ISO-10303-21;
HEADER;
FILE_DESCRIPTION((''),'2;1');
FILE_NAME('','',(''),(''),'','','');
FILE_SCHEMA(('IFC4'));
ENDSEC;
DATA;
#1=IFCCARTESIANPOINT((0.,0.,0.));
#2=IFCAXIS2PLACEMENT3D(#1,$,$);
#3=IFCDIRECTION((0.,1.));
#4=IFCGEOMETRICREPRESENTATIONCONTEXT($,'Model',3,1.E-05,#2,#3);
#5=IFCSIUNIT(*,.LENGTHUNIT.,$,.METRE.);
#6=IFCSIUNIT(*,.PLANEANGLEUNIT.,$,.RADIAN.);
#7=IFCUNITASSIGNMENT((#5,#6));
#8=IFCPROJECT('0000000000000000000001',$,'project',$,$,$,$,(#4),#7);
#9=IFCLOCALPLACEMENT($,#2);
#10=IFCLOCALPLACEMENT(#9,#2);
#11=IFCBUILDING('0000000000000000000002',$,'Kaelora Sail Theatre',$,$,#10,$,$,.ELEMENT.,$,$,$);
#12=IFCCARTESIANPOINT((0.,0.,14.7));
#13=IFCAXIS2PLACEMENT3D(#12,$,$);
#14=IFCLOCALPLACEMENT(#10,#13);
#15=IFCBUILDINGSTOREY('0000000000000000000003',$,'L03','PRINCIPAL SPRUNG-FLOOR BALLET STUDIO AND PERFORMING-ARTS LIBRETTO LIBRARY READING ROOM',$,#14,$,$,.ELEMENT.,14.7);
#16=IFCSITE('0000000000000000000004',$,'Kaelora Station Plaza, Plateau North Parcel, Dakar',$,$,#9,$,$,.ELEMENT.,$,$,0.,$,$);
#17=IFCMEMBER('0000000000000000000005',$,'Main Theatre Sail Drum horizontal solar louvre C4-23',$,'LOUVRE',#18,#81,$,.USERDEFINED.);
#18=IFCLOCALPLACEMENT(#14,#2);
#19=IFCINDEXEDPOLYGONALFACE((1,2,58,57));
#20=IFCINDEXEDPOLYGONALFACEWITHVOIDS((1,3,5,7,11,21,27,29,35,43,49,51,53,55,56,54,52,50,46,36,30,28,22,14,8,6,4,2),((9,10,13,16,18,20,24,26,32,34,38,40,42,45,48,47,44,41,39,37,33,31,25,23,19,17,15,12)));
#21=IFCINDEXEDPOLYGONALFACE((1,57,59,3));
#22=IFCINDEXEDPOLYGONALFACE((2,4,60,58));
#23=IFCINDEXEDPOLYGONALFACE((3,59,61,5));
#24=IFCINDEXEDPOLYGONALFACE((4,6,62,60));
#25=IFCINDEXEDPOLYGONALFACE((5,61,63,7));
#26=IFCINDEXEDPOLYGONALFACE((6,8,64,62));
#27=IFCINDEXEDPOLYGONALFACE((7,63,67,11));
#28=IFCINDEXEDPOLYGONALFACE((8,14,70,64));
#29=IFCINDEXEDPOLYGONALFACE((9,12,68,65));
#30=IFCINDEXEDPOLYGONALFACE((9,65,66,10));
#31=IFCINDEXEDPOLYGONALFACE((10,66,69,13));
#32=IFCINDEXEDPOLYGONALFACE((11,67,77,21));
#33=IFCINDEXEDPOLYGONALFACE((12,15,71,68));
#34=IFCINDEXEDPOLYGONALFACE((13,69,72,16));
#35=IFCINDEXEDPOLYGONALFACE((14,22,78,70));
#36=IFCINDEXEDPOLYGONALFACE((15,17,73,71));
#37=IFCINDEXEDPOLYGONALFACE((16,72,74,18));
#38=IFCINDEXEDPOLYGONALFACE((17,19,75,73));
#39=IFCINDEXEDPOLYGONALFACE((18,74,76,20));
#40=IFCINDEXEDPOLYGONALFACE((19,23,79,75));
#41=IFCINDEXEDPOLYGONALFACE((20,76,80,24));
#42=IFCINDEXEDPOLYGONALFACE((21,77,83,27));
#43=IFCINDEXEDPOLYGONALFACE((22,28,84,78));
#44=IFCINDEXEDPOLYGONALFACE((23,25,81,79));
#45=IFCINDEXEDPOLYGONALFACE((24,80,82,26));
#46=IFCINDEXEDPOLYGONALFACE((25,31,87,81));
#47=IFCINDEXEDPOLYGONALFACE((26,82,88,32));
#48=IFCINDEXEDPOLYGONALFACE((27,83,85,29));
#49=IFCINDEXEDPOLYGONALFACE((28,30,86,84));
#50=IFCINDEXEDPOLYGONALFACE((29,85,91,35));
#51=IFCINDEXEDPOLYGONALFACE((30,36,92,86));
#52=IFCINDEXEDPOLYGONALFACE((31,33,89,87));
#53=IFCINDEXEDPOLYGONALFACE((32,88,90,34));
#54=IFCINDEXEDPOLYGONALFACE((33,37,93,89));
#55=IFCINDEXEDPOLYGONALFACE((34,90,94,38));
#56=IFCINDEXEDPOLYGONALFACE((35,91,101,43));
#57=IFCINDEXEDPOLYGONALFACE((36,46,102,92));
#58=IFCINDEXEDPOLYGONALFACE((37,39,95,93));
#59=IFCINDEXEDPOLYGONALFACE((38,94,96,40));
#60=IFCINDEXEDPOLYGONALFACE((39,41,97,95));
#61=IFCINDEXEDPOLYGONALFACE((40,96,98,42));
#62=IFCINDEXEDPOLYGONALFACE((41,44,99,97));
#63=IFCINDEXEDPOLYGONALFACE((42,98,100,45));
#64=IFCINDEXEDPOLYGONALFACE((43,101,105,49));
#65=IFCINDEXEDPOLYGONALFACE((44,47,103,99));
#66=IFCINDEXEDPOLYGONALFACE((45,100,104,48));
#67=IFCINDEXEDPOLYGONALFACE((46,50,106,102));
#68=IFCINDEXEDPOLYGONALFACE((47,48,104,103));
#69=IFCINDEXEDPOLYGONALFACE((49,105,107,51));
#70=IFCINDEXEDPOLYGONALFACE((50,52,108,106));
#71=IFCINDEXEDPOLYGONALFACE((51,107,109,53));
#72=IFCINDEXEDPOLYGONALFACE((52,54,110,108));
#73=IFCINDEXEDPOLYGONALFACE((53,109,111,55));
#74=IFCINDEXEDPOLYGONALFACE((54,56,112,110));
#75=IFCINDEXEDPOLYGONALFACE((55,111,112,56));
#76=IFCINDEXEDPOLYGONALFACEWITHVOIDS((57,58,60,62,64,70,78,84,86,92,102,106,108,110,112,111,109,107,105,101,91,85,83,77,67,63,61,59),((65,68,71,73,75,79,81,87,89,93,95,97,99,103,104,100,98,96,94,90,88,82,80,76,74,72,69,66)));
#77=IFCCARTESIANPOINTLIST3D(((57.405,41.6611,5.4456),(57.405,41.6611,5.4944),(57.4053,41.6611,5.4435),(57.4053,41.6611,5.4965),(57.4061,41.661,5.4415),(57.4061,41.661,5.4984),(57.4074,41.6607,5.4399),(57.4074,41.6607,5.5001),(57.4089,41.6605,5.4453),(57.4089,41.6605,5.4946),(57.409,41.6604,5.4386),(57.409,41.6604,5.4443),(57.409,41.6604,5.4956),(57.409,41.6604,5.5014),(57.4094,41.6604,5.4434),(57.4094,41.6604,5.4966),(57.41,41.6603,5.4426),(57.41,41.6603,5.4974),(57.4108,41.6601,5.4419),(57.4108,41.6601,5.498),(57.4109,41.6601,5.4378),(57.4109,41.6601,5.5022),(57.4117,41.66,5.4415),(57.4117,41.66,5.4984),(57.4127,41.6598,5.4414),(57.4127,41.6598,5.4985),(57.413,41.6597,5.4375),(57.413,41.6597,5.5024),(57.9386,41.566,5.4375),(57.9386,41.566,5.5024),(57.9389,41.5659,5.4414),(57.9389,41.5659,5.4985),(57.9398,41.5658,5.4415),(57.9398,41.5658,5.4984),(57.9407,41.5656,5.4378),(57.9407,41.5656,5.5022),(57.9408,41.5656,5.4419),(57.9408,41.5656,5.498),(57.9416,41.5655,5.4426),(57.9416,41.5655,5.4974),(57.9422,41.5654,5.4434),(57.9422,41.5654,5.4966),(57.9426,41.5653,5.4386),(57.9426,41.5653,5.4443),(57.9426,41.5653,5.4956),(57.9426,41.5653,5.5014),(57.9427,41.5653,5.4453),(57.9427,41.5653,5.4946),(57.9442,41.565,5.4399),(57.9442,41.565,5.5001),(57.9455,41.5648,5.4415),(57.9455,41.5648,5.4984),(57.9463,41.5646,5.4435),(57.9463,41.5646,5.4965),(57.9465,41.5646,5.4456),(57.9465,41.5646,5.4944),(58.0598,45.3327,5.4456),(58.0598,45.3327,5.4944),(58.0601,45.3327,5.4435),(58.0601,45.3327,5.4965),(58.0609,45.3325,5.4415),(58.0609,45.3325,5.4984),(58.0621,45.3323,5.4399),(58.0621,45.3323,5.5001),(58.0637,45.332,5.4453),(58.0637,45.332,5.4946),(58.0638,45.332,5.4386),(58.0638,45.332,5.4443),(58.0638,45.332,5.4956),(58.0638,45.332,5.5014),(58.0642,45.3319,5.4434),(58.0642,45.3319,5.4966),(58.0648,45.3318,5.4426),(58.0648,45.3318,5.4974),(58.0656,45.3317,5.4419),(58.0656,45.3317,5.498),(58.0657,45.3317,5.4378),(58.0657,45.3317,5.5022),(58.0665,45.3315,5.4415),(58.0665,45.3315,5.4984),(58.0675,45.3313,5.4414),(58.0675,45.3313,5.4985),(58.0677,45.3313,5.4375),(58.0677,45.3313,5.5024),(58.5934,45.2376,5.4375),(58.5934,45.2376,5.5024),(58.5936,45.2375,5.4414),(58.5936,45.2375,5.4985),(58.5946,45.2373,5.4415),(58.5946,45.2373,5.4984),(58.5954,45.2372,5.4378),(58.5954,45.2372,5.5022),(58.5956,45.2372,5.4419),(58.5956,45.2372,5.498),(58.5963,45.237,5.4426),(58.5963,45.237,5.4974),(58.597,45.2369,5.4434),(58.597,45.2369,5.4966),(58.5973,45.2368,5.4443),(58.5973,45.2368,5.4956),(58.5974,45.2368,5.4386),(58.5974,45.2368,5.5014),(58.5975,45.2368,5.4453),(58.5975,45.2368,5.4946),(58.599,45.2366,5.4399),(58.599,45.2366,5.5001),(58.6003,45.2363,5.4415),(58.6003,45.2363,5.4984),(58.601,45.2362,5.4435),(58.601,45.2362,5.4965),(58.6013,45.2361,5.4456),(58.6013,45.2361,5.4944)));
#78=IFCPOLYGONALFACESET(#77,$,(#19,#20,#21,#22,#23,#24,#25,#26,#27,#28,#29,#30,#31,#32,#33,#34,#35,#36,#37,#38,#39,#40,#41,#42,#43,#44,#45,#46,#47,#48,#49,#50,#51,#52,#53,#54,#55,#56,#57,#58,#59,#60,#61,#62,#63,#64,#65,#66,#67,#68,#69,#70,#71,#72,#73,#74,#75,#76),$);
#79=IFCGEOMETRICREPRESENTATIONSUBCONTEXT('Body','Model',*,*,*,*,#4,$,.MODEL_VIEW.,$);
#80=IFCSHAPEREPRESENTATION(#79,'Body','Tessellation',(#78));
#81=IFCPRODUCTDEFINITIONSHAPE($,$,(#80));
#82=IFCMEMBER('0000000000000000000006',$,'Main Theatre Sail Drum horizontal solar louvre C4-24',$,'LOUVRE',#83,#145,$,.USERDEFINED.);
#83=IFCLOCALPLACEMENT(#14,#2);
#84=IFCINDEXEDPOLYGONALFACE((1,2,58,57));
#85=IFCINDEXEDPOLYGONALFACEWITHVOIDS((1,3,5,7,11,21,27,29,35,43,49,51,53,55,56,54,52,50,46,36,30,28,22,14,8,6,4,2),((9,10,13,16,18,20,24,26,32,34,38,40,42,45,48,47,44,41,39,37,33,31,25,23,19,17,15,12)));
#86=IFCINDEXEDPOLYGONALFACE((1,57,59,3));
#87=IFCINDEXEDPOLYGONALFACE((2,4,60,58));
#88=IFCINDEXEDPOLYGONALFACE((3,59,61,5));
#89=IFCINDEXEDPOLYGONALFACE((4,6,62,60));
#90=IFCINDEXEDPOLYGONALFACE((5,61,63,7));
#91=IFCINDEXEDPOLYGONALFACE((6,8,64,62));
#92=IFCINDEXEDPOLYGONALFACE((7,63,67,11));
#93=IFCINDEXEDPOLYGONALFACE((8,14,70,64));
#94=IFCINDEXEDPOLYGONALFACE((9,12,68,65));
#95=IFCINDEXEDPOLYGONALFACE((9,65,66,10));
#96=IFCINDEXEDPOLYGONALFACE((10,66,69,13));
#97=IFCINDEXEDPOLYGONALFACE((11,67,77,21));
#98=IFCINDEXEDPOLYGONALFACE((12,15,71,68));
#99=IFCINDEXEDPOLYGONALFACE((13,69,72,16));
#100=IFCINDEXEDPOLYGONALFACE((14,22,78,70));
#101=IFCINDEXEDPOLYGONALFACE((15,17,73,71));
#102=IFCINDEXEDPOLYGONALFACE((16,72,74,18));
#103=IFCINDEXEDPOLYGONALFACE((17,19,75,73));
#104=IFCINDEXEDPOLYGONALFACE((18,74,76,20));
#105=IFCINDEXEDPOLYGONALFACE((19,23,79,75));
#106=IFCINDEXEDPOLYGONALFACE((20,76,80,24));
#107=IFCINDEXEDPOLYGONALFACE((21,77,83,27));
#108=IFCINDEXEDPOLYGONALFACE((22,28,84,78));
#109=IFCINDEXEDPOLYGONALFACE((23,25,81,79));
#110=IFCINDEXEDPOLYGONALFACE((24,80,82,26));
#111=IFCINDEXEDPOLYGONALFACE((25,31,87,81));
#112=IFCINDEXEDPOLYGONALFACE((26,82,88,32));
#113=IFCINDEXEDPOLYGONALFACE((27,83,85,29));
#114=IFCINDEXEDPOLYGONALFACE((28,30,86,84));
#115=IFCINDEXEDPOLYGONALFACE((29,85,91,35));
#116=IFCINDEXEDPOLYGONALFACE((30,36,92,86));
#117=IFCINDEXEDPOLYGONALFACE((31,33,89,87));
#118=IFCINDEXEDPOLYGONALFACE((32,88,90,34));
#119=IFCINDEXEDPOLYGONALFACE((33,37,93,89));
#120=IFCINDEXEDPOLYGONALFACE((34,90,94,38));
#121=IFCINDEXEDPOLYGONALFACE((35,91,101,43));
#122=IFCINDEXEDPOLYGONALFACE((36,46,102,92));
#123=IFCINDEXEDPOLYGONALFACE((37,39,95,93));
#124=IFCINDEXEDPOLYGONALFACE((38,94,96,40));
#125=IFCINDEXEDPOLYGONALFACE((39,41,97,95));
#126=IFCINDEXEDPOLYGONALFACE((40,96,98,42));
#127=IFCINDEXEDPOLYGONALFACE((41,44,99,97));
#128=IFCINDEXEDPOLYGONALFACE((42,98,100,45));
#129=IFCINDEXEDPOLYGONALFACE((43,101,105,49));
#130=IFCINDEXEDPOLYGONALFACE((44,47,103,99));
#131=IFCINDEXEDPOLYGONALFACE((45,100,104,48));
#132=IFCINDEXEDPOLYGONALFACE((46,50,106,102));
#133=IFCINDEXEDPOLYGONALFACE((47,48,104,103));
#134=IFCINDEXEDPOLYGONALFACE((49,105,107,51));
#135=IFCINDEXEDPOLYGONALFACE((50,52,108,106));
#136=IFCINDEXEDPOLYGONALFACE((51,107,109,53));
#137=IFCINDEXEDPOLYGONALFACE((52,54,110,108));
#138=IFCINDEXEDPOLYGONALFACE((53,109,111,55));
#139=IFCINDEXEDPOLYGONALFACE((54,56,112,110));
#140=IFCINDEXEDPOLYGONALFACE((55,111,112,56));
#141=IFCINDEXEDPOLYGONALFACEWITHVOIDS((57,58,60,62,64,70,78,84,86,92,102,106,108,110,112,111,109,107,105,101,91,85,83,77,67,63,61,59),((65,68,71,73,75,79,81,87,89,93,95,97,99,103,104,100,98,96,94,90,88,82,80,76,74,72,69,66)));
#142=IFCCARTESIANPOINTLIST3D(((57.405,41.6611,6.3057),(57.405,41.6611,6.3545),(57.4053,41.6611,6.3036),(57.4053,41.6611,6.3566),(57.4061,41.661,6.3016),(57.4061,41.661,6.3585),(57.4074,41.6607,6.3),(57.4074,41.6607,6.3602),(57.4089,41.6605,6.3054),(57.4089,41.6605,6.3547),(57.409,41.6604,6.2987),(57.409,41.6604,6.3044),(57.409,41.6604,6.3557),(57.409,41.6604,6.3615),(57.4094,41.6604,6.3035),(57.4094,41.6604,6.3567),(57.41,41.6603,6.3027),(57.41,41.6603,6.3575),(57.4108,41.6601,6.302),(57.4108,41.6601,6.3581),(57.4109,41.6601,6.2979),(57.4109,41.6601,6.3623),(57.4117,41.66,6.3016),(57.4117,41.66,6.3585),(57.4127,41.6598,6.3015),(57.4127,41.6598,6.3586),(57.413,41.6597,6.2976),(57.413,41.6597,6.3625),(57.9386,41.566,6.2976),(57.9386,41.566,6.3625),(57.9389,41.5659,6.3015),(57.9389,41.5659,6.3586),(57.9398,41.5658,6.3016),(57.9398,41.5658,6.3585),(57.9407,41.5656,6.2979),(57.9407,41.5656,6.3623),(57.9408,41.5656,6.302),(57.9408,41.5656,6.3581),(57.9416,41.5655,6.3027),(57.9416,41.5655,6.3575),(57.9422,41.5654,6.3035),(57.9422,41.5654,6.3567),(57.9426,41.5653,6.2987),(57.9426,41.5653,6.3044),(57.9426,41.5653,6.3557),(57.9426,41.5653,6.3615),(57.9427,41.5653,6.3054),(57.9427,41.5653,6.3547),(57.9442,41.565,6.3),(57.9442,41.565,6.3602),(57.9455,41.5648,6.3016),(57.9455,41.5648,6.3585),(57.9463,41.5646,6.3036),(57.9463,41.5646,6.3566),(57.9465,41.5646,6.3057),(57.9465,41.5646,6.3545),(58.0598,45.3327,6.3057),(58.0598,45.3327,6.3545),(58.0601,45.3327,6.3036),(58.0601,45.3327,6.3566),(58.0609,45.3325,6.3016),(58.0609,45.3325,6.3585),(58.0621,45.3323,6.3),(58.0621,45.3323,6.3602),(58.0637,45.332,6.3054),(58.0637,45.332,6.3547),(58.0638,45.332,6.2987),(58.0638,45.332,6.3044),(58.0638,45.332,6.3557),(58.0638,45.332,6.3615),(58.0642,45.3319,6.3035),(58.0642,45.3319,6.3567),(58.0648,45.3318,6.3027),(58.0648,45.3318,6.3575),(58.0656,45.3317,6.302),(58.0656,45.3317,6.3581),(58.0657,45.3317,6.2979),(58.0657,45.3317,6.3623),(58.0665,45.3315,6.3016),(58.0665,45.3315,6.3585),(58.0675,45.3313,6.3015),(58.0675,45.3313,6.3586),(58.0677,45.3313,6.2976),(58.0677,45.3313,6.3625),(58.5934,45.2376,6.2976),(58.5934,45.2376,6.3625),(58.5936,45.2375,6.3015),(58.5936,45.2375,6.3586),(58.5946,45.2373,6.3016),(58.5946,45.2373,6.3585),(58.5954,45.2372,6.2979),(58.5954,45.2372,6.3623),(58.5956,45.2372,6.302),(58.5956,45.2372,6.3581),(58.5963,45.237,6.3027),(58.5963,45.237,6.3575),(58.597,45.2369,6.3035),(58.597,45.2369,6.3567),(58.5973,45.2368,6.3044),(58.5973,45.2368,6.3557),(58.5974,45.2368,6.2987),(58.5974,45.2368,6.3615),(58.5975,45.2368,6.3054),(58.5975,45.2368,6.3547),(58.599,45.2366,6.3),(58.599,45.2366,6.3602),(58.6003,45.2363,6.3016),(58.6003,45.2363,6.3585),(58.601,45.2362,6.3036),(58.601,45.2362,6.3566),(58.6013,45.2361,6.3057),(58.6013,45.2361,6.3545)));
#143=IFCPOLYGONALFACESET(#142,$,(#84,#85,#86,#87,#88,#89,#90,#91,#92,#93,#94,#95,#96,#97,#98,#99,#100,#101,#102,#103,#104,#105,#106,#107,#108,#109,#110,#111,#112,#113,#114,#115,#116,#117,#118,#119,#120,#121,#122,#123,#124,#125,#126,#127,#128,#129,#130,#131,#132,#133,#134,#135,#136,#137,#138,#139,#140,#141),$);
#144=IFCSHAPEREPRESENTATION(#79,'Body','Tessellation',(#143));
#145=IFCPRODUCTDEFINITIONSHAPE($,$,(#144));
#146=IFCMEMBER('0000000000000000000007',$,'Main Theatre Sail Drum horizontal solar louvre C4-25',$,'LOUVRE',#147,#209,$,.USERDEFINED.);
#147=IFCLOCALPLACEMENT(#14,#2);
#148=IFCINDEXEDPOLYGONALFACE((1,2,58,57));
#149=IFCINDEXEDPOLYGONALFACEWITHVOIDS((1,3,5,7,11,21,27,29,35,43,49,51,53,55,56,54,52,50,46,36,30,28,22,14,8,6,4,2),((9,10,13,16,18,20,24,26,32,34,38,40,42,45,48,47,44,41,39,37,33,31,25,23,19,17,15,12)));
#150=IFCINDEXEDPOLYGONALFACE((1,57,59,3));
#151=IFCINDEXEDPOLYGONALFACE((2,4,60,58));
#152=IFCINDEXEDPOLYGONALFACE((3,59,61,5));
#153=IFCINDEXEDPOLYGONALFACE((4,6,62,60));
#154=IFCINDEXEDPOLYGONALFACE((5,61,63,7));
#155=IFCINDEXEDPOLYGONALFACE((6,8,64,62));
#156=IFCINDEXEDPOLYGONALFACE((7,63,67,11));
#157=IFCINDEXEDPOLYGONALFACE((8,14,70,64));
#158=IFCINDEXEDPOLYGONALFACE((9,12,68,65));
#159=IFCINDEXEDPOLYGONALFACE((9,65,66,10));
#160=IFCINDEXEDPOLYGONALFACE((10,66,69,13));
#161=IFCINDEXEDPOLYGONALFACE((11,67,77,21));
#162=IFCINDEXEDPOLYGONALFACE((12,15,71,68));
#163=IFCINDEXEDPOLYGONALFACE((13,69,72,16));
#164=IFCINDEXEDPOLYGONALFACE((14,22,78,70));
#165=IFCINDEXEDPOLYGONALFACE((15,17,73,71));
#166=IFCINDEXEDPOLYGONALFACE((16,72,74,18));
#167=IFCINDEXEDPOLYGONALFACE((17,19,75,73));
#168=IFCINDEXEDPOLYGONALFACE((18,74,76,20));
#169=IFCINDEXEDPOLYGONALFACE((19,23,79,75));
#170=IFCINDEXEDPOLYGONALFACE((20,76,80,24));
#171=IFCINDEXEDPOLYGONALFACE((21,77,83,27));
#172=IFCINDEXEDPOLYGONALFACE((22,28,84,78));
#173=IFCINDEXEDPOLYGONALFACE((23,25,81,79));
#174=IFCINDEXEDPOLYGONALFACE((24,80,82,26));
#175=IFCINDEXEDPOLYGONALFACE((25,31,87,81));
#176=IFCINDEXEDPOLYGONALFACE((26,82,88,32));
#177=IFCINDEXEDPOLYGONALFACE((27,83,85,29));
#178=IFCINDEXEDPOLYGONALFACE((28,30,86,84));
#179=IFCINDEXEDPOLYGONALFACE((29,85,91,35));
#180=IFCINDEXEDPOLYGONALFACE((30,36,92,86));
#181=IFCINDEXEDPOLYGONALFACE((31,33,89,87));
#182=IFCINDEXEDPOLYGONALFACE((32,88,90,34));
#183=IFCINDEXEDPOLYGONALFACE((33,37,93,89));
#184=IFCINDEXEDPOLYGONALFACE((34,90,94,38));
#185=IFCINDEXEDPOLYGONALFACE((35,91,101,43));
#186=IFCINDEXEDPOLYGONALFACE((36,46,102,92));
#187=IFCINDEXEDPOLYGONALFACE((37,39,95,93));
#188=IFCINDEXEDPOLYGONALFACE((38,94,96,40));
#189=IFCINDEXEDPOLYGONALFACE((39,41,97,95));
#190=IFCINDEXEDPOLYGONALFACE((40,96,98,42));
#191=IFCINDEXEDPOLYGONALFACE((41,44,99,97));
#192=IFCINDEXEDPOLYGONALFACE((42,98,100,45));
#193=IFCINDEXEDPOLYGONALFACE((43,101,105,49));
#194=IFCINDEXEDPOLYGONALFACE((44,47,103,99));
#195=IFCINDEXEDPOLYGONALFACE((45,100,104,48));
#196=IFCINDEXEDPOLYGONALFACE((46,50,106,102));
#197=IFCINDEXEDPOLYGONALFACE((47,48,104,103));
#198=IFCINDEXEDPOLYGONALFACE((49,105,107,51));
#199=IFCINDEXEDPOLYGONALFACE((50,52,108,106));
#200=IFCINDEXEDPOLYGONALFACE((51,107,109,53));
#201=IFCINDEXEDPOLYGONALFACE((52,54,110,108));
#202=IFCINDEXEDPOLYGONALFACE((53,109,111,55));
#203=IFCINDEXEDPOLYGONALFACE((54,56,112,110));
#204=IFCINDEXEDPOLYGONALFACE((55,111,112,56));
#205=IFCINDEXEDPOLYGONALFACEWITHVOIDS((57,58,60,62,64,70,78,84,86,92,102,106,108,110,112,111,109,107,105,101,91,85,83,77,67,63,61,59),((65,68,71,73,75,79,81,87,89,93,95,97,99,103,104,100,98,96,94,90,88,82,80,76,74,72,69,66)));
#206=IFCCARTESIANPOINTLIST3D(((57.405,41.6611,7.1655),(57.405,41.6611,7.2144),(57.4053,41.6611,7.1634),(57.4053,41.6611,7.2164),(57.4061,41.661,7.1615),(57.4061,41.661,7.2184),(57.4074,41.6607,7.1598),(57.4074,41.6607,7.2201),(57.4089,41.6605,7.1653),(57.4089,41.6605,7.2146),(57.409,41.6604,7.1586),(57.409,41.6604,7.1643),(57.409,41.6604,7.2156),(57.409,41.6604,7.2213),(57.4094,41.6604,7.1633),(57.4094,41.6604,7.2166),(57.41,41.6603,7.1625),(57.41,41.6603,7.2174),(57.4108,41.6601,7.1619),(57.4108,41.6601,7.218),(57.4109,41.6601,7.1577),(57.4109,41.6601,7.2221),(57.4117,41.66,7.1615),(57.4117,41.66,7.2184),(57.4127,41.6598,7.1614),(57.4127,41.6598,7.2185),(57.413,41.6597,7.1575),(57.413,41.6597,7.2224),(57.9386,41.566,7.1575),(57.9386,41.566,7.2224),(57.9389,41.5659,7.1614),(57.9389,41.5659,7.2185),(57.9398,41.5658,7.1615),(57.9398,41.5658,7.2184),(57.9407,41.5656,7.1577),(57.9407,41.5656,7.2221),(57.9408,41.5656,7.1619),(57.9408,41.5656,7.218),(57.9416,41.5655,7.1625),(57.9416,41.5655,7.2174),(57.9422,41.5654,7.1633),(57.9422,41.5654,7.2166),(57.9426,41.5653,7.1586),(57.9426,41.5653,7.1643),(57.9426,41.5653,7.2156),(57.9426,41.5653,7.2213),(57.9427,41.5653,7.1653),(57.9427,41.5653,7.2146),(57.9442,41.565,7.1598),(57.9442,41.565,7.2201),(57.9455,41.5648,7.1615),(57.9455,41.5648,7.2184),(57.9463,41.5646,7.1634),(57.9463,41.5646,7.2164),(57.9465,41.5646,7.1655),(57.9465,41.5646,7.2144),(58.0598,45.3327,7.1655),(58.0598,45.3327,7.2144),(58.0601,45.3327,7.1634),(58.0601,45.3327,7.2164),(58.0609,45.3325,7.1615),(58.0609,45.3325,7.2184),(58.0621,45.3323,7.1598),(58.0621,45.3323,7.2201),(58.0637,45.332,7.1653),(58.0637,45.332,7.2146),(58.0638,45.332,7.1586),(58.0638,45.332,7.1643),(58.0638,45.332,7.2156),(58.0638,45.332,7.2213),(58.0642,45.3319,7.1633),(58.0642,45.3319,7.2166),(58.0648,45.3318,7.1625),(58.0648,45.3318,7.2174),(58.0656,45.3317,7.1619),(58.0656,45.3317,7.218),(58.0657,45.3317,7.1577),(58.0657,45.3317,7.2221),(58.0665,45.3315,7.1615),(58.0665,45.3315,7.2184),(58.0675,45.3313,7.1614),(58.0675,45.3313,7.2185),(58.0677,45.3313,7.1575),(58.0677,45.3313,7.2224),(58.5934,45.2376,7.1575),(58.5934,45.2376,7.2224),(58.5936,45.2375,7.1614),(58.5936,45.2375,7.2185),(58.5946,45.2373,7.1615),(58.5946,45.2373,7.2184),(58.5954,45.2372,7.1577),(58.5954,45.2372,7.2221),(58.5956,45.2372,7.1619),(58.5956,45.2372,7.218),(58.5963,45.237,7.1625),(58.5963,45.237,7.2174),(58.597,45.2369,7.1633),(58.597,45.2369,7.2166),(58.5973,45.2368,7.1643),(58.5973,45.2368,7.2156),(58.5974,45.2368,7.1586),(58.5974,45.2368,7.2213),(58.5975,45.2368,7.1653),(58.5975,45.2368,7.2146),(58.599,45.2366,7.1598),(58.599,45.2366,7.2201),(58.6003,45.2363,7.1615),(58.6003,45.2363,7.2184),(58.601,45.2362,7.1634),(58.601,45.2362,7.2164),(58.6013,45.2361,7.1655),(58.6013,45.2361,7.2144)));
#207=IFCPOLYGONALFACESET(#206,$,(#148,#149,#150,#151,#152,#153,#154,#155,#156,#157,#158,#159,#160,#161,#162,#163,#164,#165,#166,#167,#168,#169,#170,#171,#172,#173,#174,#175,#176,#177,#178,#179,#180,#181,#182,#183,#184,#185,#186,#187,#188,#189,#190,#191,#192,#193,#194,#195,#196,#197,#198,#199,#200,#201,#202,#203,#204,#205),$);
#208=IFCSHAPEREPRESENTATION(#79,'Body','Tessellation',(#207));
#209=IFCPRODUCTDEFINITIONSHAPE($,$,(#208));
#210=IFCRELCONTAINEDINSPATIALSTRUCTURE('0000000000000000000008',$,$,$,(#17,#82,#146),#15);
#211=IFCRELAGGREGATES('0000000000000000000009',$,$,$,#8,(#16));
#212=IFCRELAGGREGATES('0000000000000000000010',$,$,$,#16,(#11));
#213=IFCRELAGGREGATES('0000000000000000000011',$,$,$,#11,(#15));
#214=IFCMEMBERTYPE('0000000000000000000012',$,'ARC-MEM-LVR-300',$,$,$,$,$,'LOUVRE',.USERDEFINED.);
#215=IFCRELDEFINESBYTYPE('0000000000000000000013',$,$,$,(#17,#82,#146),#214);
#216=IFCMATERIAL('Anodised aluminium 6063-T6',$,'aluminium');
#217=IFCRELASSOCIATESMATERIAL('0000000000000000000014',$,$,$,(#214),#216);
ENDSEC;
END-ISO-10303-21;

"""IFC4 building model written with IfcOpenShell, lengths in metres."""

from ifc_helpers import new_model, si_unit, direction, frame, origin, origin_2d, place, context, subcontext, project, spatial, hollow_rectangle, extrude, material, material_profile, profile_set, type_object, element, save


model = new_model("IFC4")

# Units and contexts
model_context = context("Model", 3, precision=1e-05, world=origin(), true_north=direction((0.0, 1.0)))
body_context = subcontext(model_context, "Body", "Model", "MODEL_VIEW")
ifc_project = project(units=[si_unit("LENGTHUNIT", "METRE"), si_unit("PLANEANGLEUNIT", "RADIAN")], contexts=[model_context])

# Site, building, storey
site_placement = place(None, origin())
site = spatial("IfcSite", under=ifc_project, at=site_placement, Name="Kaelora Station Plaza, Plateau North Parcel, Dakar", CompositionType="ELEMENT", RefElevation=0.0)
building_placement = place(site_placement, origin())
building = spatial("IfcBuilding", under=site, at=building_placement, Name="Kaelora Sail Theatre", CompositionType="ELEMENT")
storey_placement = place(building_placement, frame((0.0, 0.0, 14.7)))
storey = spatial("IfcBuildingStorey", under=building, at=storey_placement, Name="L03", Description="PRINCIPAL SPRUNG-FLOOR BALLET STUDIO AND PERFORMING-ARTS LIBRETTO LIBRARY READING ROOM", CompositionType="ELEMENT", Elevation=14.7)

# Members
ifc_material_1 = material(Name="Anodised aluminium 6063-T6", Category="aluminium")
ifc_material_profile_1 = material_profile(ifc_material_1, hollow_rectangle(XDim=0.55, YDim=0.0649, WallThickness=0.0039, InnerFilletRadius=0.0039, OuterFilletRadius=0.0081, at=origin_2d()), Name="LOUVRE 550x65x4")
ifc_profile_set_1 = profile_set([ifc_material_profile_1], Name="Anodised aluminium 6063-T6")
member_type = type_object("IfcMemberType", Name="ARC-MEM-LVR-300", ElementType="LOUVRE", PredefinedType="USERDEFINED", material=ifc_profile_set_1)
for number, where, z_axis, x_axis, name in (
    (1, (58.3306, 45.2844, 5.47), (-0.175566, -0.984468, 0.0), (0.984468, -0.175566, 0.0), "Main Theatre Sail Drum horizontal solar louvre C4-23"),
    (2, (58.3306, 45.2844, 6.3301), (-0.175566, -0.984468, 0.0), (0.984468, -0.175566, 0.0), "Main Theatre Sail Drum horizontal solar louvre C4-24"),
    (3, (58.3306, 45.2844, 7.1899), (-0.175566, -0.984468, 0.0), (0.984468, -0.175566, 0.0), "Main Theatre Sail Drum horizontal solar louvre C4-25"),
):
    element("IfcMember", number, at=place(storey_placement, frame(where, z_axis=z_axis, x_axis=x_axis)), inside=storey, type_object=member_type, Name=name, ObjectType="LOUVRE", PredefinedType="USERDEFINED", context=body_context, shape_type="SweptSolid", body=[
        extrude(hollow_rectangle(XDim=0.55, YDim=0.0649, WallThickness=0.0039, InnerFilletRadius=0.0039, OuterFilletRadius=0.0081, at=origin_2d()), origin(), (0.0, 0.0, 1.0), 3.7295),
    ])

save(model, "model.ifc")
